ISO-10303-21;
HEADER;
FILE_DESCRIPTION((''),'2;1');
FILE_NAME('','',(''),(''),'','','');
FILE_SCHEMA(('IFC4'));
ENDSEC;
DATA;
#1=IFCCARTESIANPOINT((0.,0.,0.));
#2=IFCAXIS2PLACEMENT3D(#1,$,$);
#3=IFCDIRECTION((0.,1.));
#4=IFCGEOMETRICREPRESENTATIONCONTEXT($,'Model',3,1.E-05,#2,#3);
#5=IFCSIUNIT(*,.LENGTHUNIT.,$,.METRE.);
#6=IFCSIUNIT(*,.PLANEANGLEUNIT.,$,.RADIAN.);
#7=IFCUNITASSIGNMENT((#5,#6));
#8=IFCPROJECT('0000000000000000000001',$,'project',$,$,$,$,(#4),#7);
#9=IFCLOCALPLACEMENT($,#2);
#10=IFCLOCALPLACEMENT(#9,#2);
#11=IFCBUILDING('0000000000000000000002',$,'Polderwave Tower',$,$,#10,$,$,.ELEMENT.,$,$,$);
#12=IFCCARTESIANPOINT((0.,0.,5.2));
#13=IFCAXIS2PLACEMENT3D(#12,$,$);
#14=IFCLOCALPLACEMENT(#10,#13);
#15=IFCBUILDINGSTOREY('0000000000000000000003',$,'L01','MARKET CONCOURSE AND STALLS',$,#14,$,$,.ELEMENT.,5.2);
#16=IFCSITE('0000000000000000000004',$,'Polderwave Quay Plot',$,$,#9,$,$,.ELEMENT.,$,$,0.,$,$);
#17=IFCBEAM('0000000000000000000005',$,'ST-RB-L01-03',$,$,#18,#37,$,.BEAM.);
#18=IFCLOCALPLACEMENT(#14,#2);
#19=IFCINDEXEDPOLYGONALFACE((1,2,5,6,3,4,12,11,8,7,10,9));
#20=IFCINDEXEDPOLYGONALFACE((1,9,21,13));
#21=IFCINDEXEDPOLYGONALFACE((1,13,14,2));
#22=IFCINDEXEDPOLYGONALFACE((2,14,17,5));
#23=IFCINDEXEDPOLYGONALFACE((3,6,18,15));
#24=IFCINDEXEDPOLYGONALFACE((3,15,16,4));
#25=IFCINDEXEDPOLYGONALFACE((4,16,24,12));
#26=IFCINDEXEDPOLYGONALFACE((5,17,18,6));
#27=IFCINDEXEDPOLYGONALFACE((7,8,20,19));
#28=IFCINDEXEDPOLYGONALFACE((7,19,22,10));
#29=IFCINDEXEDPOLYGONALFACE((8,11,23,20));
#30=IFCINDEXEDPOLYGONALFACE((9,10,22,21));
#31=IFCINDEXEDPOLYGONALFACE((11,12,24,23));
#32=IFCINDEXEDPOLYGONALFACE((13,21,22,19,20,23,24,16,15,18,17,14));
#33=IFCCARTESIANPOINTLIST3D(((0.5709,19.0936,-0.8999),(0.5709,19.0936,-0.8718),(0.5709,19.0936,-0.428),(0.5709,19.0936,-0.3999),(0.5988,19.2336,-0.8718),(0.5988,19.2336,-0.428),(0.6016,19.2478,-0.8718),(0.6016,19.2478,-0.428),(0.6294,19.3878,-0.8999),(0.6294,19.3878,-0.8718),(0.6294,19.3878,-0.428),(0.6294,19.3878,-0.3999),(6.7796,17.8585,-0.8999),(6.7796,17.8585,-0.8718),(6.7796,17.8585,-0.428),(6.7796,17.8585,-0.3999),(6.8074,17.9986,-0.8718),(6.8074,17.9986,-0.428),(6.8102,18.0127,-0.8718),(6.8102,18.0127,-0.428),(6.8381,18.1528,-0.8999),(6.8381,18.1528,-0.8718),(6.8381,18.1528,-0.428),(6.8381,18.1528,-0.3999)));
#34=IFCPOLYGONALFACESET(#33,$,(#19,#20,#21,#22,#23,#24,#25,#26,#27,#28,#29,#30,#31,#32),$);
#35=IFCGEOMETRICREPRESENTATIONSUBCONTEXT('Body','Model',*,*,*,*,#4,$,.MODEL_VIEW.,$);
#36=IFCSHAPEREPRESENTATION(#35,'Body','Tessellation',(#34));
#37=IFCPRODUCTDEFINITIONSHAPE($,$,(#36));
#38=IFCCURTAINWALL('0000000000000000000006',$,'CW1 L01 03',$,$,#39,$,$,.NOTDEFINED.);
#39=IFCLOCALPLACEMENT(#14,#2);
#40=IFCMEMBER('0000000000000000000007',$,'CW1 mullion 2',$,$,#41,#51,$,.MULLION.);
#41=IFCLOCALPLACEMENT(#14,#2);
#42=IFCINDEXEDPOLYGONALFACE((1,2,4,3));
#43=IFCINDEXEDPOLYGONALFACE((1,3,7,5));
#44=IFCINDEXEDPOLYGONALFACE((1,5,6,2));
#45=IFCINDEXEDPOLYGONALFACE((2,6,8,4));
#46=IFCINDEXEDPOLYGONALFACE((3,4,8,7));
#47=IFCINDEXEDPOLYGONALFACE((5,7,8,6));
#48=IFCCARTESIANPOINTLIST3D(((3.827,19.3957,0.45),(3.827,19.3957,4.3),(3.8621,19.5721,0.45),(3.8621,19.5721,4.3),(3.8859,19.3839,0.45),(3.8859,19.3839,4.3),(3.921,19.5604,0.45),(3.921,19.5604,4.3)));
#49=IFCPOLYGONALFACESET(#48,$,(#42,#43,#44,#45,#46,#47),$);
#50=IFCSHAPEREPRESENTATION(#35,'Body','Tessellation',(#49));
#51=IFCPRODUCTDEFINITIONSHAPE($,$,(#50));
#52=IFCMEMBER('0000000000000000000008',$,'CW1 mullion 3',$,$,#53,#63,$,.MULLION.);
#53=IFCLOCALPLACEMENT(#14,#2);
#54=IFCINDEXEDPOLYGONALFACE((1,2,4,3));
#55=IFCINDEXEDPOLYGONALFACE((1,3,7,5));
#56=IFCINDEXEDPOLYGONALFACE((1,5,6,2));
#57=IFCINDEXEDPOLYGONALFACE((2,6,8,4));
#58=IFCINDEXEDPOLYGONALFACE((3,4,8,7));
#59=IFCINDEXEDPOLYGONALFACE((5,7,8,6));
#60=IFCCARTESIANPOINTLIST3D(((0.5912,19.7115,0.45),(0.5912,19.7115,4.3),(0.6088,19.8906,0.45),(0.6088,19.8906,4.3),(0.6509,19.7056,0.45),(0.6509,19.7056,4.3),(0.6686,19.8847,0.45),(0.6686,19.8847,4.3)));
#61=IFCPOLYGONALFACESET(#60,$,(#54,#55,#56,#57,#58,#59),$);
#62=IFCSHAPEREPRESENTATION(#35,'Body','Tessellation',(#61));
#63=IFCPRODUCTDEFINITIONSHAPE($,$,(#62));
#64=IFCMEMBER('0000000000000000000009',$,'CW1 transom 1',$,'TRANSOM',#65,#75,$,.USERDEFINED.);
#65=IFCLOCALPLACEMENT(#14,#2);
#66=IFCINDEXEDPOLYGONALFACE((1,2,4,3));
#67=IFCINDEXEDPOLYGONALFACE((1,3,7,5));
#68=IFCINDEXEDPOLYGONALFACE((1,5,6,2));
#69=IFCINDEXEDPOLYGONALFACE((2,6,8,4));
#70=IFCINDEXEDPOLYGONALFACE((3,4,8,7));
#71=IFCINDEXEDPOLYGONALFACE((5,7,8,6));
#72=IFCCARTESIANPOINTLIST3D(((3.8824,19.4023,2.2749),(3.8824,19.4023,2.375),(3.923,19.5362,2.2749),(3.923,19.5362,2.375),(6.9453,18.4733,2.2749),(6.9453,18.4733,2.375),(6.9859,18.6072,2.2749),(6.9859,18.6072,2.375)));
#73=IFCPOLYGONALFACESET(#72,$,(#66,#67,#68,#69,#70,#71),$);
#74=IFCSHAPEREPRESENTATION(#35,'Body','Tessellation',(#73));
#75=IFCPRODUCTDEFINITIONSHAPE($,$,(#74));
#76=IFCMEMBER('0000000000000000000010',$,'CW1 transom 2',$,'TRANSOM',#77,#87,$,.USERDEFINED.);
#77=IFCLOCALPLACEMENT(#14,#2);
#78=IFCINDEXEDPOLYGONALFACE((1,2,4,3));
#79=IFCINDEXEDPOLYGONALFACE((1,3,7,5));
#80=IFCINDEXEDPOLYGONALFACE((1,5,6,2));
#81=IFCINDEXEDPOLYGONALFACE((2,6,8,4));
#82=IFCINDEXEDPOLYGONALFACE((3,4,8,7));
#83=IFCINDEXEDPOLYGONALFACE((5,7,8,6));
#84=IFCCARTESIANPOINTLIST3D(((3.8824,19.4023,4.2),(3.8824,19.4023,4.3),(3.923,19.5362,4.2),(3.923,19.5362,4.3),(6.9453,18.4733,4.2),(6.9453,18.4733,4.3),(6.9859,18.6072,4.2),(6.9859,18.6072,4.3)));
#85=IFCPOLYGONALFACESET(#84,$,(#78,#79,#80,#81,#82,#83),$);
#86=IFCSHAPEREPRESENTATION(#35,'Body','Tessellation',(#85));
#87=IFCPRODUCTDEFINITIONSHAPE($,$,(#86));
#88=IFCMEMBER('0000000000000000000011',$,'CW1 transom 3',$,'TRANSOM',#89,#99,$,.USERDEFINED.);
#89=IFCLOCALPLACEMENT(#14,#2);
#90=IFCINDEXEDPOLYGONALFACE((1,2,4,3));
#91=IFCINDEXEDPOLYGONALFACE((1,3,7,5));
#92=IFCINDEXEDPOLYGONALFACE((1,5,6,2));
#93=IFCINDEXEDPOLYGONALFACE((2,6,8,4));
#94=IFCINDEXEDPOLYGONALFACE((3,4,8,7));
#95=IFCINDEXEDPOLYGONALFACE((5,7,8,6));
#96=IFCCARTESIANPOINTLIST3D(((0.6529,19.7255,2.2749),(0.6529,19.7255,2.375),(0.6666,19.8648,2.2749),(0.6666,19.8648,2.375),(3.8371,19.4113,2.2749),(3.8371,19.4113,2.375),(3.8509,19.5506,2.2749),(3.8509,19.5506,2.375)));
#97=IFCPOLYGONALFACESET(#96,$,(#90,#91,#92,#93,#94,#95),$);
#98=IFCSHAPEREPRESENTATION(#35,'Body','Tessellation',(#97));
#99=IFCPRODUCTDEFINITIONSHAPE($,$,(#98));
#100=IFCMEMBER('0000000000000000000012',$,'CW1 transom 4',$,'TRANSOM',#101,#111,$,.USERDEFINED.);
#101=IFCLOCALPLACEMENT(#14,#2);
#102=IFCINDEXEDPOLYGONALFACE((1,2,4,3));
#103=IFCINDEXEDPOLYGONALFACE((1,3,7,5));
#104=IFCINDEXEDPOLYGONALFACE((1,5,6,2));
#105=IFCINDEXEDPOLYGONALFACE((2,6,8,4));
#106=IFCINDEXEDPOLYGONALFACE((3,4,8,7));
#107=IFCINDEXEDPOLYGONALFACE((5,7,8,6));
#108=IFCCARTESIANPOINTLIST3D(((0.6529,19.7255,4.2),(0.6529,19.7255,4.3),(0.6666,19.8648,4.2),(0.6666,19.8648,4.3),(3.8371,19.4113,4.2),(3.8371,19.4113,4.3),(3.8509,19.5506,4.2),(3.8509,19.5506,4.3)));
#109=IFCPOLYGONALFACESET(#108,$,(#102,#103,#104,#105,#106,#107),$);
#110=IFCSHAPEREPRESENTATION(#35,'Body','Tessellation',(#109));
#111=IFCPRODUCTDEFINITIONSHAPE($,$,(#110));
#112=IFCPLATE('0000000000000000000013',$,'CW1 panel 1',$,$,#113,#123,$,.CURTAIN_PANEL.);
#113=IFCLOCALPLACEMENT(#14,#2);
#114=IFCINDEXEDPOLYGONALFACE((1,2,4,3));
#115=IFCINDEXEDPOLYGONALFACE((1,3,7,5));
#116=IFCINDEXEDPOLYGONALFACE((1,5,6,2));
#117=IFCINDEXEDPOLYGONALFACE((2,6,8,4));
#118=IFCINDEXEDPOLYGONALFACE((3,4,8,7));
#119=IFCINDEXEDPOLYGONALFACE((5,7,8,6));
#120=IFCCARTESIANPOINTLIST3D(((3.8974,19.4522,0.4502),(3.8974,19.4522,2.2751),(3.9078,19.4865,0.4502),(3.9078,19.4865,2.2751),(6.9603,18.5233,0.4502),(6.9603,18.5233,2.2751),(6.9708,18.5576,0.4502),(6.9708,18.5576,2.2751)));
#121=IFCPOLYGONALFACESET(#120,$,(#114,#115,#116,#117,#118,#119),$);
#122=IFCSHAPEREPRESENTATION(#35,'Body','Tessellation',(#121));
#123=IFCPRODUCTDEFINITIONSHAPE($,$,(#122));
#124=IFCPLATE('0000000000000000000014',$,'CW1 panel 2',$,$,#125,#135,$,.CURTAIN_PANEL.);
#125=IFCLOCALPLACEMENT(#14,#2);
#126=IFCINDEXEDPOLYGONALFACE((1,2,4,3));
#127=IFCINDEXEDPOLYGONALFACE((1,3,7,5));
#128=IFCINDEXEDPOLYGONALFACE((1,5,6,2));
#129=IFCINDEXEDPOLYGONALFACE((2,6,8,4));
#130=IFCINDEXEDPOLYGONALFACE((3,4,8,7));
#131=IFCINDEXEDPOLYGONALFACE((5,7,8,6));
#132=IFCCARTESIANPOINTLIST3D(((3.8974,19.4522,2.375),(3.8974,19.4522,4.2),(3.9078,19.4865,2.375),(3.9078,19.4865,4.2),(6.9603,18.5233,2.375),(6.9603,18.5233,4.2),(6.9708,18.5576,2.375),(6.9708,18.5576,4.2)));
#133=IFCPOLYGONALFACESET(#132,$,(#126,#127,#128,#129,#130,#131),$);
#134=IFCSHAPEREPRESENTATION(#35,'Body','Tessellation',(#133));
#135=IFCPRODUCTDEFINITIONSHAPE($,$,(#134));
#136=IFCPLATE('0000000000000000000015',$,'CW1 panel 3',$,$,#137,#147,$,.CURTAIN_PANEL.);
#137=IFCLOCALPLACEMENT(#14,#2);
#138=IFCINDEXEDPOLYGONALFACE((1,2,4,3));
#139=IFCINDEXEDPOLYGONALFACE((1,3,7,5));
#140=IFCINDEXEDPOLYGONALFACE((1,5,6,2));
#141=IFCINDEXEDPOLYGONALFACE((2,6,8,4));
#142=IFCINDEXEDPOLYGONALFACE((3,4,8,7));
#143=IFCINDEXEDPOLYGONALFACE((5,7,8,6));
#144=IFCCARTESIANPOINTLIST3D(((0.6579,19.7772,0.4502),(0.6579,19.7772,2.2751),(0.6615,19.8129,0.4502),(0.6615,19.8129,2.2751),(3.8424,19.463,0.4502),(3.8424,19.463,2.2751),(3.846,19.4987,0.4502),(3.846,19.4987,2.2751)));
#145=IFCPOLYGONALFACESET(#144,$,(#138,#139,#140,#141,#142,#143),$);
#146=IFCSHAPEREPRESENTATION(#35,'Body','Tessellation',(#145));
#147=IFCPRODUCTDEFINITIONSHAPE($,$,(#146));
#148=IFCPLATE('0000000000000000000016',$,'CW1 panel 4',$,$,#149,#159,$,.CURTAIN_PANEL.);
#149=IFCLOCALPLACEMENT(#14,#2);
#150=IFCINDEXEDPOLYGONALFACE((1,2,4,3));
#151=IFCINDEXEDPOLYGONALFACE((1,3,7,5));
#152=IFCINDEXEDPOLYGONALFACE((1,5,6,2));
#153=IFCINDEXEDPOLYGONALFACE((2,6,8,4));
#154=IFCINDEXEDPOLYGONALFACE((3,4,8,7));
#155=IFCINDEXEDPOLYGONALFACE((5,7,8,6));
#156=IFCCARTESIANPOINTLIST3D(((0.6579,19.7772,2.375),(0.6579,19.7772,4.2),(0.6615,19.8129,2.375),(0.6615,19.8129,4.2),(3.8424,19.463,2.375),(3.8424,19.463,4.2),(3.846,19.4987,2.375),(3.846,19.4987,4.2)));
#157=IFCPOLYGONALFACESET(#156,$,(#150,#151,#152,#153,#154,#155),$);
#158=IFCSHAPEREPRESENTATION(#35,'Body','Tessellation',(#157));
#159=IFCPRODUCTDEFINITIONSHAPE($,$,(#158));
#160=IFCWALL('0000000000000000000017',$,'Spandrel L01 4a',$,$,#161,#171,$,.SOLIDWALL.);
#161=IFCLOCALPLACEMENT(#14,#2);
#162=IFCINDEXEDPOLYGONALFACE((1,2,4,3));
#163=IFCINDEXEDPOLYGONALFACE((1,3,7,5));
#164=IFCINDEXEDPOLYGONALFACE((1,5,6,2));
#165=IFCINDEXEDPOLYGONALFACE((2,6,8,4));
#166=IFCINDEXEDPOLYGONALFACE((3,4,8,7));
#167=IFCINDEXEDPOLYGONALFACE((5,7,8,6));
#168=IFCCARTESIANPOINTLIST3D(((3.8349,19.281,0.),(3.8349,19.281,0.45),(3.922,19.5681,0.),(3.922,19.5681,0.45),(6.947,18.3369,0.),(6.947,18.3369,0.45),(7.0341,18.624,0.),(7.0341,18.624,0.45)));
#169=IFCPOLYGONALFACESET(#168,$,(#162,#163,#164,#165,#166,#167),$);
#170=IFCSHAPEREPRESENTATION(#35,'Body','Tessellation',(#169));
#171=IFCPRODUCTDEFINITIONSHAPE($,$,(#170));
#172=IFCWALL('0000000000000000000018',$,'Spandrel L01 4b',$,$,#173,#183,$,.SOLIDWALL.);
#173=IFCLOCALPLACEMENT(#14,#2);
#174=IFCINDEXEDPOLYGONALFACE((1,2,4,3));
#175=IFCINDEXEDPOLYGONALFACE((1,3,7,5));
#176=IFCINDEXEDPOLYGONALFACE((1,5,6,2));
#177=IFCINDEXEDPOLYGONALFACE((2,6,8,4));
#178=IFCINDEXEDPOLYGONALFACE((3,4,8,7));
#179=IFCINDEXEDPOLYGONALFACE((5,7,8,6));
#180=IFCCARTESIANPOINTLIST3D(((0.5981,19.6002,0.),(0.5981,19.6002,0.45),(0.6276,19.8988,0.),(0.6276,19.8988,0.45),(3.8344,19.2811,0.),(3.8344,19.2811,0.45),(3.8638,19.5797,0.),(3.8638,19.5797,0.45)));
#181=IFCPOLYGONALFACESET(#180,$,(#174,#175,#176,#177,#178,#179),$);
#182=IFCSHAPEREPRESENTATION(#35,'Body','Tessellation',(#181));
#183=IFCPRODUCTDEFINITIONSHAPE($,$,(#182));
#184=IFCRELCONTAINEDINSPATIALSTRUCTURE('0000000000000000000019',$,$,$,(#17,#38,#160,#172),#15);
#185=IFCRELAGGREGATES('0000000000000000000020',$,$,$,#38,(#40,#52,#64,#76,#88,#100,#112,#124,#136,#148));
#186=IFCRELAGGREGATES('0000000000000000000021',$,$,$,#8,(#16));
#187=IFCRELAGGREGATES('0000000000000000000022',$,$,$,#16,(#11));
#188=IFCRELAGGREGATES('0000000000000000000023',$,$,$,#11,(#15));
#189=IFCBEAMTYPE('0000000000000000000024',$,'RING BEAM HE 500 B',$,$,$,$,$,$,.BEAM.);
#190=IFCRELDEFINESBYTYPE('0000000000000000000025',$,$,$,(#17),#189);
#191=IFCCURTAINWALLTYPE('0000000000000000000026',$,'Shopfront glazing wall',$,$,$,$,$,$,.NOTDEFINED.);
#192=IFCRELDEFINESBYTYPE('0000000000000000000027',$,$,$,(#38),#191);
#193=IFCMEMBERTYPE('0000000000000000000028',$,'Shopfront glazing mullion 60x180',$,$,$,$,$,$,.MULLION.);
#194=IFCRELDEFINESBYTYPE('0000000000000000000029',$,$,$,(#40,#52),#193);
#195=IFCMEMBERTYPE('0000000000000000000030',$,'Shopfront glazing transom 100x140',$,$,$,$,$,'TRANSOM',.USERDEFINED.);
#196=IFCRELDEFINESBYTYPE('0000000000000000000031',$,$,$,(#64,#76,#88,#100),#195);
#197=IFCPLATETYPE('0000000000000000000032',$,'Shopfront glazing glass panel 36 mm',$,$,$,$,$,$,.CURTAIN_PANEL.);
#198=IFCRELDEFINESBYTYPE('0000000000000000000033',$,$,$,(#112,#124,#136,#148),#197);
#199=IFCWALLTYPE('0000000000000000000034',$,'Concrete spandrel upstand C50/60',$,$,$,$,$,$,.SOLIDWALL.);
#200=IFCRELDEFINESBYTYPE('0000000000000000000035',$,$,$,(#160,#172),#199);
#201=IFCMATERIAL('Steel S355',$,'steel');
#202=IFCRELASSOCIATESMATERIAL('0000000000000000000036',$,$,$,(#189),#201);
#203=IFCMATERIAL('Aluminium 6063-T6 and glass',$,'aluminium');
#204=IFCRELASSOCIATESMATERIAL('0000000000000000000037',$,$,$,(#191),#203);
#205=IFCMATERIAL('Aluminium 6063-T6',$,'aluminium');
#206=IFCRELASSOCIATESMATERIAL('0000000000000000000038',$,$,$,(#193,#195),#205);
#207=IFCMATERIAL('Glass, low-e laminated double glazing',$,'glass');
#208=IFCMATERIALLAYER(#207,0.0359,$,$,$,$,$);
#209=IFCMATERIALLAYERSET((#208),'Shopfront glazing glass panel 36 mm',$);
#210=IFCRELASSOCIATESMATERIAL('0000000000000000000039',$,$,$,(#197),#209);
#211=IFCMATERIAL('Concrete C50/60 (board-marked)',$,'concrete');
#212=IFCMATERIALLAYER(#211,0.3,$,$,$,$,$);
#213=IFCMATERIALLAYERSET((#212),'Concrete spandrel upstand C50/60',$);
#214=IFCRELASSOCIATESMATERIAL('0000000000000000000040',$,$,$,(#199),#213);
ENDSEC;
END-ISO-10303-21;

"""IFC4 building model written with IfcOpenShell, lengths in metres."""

from ifc_helpers import new_model, si_unit, direction, frame, frame_2d, origin, origin_2d, place, context, subcontext, project, spatial, rectangle, i_section, extrude, material, layer, layer_set, material_profile, profile_set, type_object, element, aggregate, save


model = new_model("IFC4")

# Units and contexts
model_context = context("Model", 3, precision=1e-05, world=origin(), true_north=direction((0.0, 1.0)))
body_context = subcontext(model_context, "Body", "Model", "MODEL_VIEW")
ifc_project = project(units=[si_unit("LENGTHUNIT", "METRE"), si_unit("PLANEANGLEUNIT", "RADIAN")], contexts=[model_context])

# Site, building, storey
site_placement = place(None, origin())
site = spatial("IfcSite", under=ifc_project, at=site_placement, Name="Polderwave Quay Plot", CompositionType="ELEMENT", RefElevation=0.0)
building_placement = place(site_placement, origin())
building = spatial("IfcBuilding", under=site, at=building_placement, Name="Polderwave Tower", CompositionType="ELEMENT")
storey_placement = place(building_placement, frame((0.0, 0.0, 5.2)))
storey = spatial("IfcBuildingStorey", under=building, at=storey_placement, Name="L01", Description="MARKET CONCOURSE AND STALLS", CompositionType="ELEMENT", Elevation=5.2)

# Beam
ifc_material_1 = material(Name="Steel S355", Category="steel")
ifc_material_profile_1 = material_profile(ifc_material_1, i_section(OverallWidth=0.3, OverallDepth=0.5, WebThickness=0.0144, FlangeThickness=0.0281, at=origin_2d()), Name="HE 500 B")
ifc_profile_set_1 = profile_set([ifc_material_profile_1], Name="Steel S355")
beam_type = type_object("IfcBeamType", Name="RING BEAM HE 500 B", PredefinedType="BEAM", material=ifc_profile_set_1)
beam_placement = place(storey_placement, frame((6.8088, 18.0056, -0.6499), z_axis=(-0.980782, 0.195107, 0.0), x_axis=(-0.195107, -0.980782, 0.0)))
element("IfcBeam", 1, at=beam_placement, inside=storey, type_object=beam_type, Name="ST-RB-L01-03", PredefinedType="BEAM", context=body_context, shape_type="SweptSolid", body=[
    extrude(i_section(OverallWidth=0.3, OverallDepth=0.5, WebThickness=0.0144, FlangeThickness=0.0281, at=origin_2d()), origin(), (0.0, 0.0, 1.0), 6.3303),
])

# Curtain wall, members, plates
ifc_material_2 = material(Name="Aluminium 6063-T6 and glass", Category="aluminium")
curtain_wall_type = type_object("IfcCurtainWallType", Name="Shopfront glazing wall", PredefinedType="NOTDEFINED", material=ifc_material_2)
curtain_wall_placement = place(storey_placement, origin())
curtain_wall = element("IfcCurtainWall", 2, at=curtain_wall_placement, inside=storey, type_object=curtain_wall_type, Name="CW1 L01 03", PredefinedType="NOTDEFINED")
ifc_material_3 = material(Name="Aluminium 6063-T6", Category="aluminium")
ifc_material_profile_2 = material_profile(ifc_material_3, rectangle(XDim=0.1799, YDim=0.0601, at=origin_2d()), Name="AL 60x180")
ifc_profile_set_2 = profile_set([ifc_material_profile_2], Name="Aluminium 6063-T6")
member_type_1 = type_object("IfcMemberType", Name="Shopfront glazing mullion 60x180", PredefinedType="MULLION", material=ifc_profile_set_2)
member_1_placement = place(storey_placement, frame((3.874, 19.478, 0.45), z_axis=(0.0, 0.0, 1.0), x_axis=(-0.195137, -0.980776, 0.0)))
member_1 = element("IfcMember", 3, at=member_1_placement, type_object=member_type_1, Name="CW1 mullion 2", PredefinedType="MULLION", context=body_context, shape_type="SweptSolid", body=[
    extrude(rectangle(XDim=0.1799, YDim=0.0601, at=origin_2d()), origin(), (0.0, 0.0, 1.0), 3.8501),
])
member_2_placement = place(storey_placement, frame((0.6299, 19.7981, 0.45), z_axis=(0.0, 0.0, 1.0), x_axis=(-0.098179, -0.995169, 0.0)))
member_2 = element("IfcMember", 4, at=member_2_placement, type_object=member_type_1, Name="CW1 mullion 3", PredefinedType="MULLION", context=body_context, shape_type="SweptSolid", body=[
    extrude(rectangle(XDim=0.1799, YDim=0.0601, at=origin_2d()), origin(), (0.0, 0.0, 1.0), 3.8501),
])
ifc_material_profile_3 = material_profile(ifc_material_3, rectangle(XDim=0.1399, YDim=0.1001, at=origin_2d()), Name="AL 100x140")
ifc_profile_set_3 = profile_set([ifc_material_profile_3], Name="Aluminium 6063-T6")
member_type_2 = type_object("IfcMemberType", Name="Shopfront glazing transom 100x140", ElementType="TRANSOM", PredefinedType="USERDEFINED", material=ifc_profile_set_3)
member_3_placement = place(storey_placement, frame((6.9656, 18.5403, 2.325), z_axis=(-0.956957, 0.29023, 0.0), x_axis=(-0.29023, -0.956957, 0.0)))
member_3 = element("IfcMember", 5, at=member_3_placement, type_object=member_type_2, Name="CW1 transom 1", ObjectType="TRANSOM", PredefinedType="USERDEFINED", context=body_context, shape_type="SweptSolid", body=[
    extrude(rectangle(XDim=0.1399, YDim=0.1001, at=origin_2d()), origin(), (0.0, 0.0, 1.0), 3.2007),
])
member_4_placement = place(storey_placement, frame((6.9656, 18.5403, 4.25), z_axis=(-0.956957, 0.29023, 0.0), x_axis=(-0.29023, -0.956957, 0.0)))
member_4 = element("IfcMember", 6, at=member_4_placement, type_object=member_type_2, Name="CW1 transom 2", ObjectType="TRANSOM", PredefinedType="USERDEFINED", context=body_context, shape_type="SweptSolid", body=[
    extrude(rectangle(XDim=0.1399, YDim=0.1001, at=origin_2d()), origin(), (0.0, 0.0, 1.0), 3.2007),
])
member_5_placement = place(storey_placement, frame((3.844, 19.481, 2.325), z_axis=(-0.995167, 0.098197, 0.0), x_axis=(-0.098197, -0.995167, 0.0)))
member_5 = element("IfcMember", 7, at=member_5_placement, type_object=member_type_2, Name="CW1 transom 3", ObjectType="TRANSOM", PredefinedType="USERDEFINED", context=body_context, shape_type="SweptSolid", body=[
    extrude(rectangle(XDim=0.1399, YDim=0.1001, at=origin_2d()), origin(), (0.0, 0.0, 1.0), 3.1997),
])
member_6_placement = place(storey_placement, frame((3.844, 19.481, 4.25), z_axis=(-0.995167, 0.098197, 0.0), x_axis=(-0.098197, -0.995167, 0.0)))
member_6 = element("IfcMember", 8, at=member_6_placement, type_object=member_type_2, Name="CW1 transom 4", ObjectType="TRANSOM", PredefinedType="USERDEFINED", context=body_context, shape_type="SweptSolid", body=[
    extrude(rectangle(XDim=0.1399, YDim=0.1001, at=origin_2d()), origin(), (0.0, 0.0, 1.0), 3.1997),
])
ifc_material_4 = material(Name="Glass, low-e laminated double glazing", Category="glass")
ifc_layer_1 = layer(ifc_material_4, 0.0359)
ifc_layer_set_1 = layer_set([ifc_layer_1], Name="Shopfront glazing glass panel 36 mm")
plate_type = type_object("IfcPlateType", Name="Shopfront glazing glass panel 36 mm", PredefinedType="CURTAIN_PANEL", material=ifc_layer_set_1)
plate_1_placement = place(storey_placement, frame((5.4341, 19.0049, 0.4502), z_axis=(0.0, 0.0, 1.0), x_axis=(-0.956961, 0.290218, 0.0)))
plate_1 = element("IfcPlate", 9, at=plate_1_placement, type_object=plate_type, Name="CW1 panel 1", PredefinedType="CURTAIN_PANEL", context=body_context, shape_type="SweptSolid", body=[
    extrude(rectangle(XDim=3.2007, YDim=0.0359, at=origin_2d()), origin(), (0.0, 0.0, 1.0), 1.825),
])
plate_2_placement = place(storey_placement, frame((5.4341, 19.0049, 2.375), z_axis=(0.0, 0.0, 1.0), x_axis=(-0.956961, 0.290218, 0.0)))
plate_2 = element("IfcPlate", 10, at=plate_2_placement, type_object=plate_type, Name="CW1 panel 2", PredefinedType="CURTAIN_PANEL", context=body_context, shape_type="SweptSolid", body=[
    extrude(rectangle(XDim=3.2007, YDim=0.0359, at=origin_2d()), origin(), (0.0, 0.0, 1.0), 1.825),
])
plate_3_placement = place(storey_placement, frame((2.252, 19.6379, 0.4502), z_axis=(0.0, 0.0, 1.0), x_axis=(-0.995169, 0.098179, 0.0)))
plate_3 = element("IfcPlate", 11, at=plate_3_placement, type_object=plate_type, Name="CW1 panel 3", PredefinedType="CURTAIN_PANEL", context=body_context, shape_type="SweptSolid", body=[
    extrude(rectangle(XDim=3.2, YDim=0.0359, at=origin_2d()), origin(), (0.0, 0.0, 1.0), 1.825),
])
plate_4_placement = place(storey_placement, frame((2.252, 19.6379, 2.375), z_axis=(0.0, 0.0, 1.0), x_axis=(-0.995169, 0.098179, 0.0)))
plate_4 = element("IfcPlate", 12, at=plate_4_placement, type_object=plate_type, Name="CW1 panel 4", PredefinedType="CURTAIN_PANEL", context=body_context, shape_type="SweptSolid", body=[
    extrude(rectangle(XDim=3.2, YDim=0.0359, at=origin_2d()), origin(), (0.0, 0.0, 1.0), 1.825),
])
aggregate(curtain_wall, [member_1, member_2, member_3, member_4, member_5, member_6, plate_1, plate_2, plate_3, plate_4])

# Walls
ifc_material_5 = material(Name="Concrete C50/60 (board-marked)", Category="concrete")
ifc_layer_2 = layer(ifc_material_5, 0.3)
ifc_layer_set_2 = layer_set([ifc_layer_2], Name="Concrete spandrel upstand C50/60")
wall_type_1 = type_object("IfcWallType", Name="Concrete spandrel upstand C50/60", PredefinedType="SOLIDWALL", material=ifc_layer_set_2)
wall_1_placement = place(storey_placement, frame((6.9905, 18.4805, 0.0), z_axis=(0.0, 0.0, 1.0), x_axis=(-0.956935, 0.290301, 0.0)))
element("IfcWall", 13, at=wall_1_placement, inside=storey, type_object=wall_type_1, Name="Spandrel L01 4a", PredefinedType="SOLIDWALL", context=body_context, shape_type="SweptSolid", body=[
    extrude(rectangle(XDim=3.2522, YDim=0.3, at=frame_2d((1.626, 0.0))), origin(), (0.0, 0.0, 1.0), 0.45),
])
wall_2_placement = place(storey_placement, frame((3.8491, 19.4304, 0.0), z_axis=(0.0, 0.0, 1.0), x_axis=(-0.995174, 0.098121, 0.0)))
element("IfcWall", 14, at=wall_2_placement, inside=storey, type_object=wall_type_1, Name="Spandrel L01 4b", PredefinedType="SOLIDWALL", context=body_context, shape_type="SweptSolid", body=[
    extrude(rectangle(XDim=3.252, YDim=0.3, at=frame_2d((1.626, 0.0))), origin(), (0.0, 0.0, 1.0), 0.45),
])

save(model, "model.ifc")
